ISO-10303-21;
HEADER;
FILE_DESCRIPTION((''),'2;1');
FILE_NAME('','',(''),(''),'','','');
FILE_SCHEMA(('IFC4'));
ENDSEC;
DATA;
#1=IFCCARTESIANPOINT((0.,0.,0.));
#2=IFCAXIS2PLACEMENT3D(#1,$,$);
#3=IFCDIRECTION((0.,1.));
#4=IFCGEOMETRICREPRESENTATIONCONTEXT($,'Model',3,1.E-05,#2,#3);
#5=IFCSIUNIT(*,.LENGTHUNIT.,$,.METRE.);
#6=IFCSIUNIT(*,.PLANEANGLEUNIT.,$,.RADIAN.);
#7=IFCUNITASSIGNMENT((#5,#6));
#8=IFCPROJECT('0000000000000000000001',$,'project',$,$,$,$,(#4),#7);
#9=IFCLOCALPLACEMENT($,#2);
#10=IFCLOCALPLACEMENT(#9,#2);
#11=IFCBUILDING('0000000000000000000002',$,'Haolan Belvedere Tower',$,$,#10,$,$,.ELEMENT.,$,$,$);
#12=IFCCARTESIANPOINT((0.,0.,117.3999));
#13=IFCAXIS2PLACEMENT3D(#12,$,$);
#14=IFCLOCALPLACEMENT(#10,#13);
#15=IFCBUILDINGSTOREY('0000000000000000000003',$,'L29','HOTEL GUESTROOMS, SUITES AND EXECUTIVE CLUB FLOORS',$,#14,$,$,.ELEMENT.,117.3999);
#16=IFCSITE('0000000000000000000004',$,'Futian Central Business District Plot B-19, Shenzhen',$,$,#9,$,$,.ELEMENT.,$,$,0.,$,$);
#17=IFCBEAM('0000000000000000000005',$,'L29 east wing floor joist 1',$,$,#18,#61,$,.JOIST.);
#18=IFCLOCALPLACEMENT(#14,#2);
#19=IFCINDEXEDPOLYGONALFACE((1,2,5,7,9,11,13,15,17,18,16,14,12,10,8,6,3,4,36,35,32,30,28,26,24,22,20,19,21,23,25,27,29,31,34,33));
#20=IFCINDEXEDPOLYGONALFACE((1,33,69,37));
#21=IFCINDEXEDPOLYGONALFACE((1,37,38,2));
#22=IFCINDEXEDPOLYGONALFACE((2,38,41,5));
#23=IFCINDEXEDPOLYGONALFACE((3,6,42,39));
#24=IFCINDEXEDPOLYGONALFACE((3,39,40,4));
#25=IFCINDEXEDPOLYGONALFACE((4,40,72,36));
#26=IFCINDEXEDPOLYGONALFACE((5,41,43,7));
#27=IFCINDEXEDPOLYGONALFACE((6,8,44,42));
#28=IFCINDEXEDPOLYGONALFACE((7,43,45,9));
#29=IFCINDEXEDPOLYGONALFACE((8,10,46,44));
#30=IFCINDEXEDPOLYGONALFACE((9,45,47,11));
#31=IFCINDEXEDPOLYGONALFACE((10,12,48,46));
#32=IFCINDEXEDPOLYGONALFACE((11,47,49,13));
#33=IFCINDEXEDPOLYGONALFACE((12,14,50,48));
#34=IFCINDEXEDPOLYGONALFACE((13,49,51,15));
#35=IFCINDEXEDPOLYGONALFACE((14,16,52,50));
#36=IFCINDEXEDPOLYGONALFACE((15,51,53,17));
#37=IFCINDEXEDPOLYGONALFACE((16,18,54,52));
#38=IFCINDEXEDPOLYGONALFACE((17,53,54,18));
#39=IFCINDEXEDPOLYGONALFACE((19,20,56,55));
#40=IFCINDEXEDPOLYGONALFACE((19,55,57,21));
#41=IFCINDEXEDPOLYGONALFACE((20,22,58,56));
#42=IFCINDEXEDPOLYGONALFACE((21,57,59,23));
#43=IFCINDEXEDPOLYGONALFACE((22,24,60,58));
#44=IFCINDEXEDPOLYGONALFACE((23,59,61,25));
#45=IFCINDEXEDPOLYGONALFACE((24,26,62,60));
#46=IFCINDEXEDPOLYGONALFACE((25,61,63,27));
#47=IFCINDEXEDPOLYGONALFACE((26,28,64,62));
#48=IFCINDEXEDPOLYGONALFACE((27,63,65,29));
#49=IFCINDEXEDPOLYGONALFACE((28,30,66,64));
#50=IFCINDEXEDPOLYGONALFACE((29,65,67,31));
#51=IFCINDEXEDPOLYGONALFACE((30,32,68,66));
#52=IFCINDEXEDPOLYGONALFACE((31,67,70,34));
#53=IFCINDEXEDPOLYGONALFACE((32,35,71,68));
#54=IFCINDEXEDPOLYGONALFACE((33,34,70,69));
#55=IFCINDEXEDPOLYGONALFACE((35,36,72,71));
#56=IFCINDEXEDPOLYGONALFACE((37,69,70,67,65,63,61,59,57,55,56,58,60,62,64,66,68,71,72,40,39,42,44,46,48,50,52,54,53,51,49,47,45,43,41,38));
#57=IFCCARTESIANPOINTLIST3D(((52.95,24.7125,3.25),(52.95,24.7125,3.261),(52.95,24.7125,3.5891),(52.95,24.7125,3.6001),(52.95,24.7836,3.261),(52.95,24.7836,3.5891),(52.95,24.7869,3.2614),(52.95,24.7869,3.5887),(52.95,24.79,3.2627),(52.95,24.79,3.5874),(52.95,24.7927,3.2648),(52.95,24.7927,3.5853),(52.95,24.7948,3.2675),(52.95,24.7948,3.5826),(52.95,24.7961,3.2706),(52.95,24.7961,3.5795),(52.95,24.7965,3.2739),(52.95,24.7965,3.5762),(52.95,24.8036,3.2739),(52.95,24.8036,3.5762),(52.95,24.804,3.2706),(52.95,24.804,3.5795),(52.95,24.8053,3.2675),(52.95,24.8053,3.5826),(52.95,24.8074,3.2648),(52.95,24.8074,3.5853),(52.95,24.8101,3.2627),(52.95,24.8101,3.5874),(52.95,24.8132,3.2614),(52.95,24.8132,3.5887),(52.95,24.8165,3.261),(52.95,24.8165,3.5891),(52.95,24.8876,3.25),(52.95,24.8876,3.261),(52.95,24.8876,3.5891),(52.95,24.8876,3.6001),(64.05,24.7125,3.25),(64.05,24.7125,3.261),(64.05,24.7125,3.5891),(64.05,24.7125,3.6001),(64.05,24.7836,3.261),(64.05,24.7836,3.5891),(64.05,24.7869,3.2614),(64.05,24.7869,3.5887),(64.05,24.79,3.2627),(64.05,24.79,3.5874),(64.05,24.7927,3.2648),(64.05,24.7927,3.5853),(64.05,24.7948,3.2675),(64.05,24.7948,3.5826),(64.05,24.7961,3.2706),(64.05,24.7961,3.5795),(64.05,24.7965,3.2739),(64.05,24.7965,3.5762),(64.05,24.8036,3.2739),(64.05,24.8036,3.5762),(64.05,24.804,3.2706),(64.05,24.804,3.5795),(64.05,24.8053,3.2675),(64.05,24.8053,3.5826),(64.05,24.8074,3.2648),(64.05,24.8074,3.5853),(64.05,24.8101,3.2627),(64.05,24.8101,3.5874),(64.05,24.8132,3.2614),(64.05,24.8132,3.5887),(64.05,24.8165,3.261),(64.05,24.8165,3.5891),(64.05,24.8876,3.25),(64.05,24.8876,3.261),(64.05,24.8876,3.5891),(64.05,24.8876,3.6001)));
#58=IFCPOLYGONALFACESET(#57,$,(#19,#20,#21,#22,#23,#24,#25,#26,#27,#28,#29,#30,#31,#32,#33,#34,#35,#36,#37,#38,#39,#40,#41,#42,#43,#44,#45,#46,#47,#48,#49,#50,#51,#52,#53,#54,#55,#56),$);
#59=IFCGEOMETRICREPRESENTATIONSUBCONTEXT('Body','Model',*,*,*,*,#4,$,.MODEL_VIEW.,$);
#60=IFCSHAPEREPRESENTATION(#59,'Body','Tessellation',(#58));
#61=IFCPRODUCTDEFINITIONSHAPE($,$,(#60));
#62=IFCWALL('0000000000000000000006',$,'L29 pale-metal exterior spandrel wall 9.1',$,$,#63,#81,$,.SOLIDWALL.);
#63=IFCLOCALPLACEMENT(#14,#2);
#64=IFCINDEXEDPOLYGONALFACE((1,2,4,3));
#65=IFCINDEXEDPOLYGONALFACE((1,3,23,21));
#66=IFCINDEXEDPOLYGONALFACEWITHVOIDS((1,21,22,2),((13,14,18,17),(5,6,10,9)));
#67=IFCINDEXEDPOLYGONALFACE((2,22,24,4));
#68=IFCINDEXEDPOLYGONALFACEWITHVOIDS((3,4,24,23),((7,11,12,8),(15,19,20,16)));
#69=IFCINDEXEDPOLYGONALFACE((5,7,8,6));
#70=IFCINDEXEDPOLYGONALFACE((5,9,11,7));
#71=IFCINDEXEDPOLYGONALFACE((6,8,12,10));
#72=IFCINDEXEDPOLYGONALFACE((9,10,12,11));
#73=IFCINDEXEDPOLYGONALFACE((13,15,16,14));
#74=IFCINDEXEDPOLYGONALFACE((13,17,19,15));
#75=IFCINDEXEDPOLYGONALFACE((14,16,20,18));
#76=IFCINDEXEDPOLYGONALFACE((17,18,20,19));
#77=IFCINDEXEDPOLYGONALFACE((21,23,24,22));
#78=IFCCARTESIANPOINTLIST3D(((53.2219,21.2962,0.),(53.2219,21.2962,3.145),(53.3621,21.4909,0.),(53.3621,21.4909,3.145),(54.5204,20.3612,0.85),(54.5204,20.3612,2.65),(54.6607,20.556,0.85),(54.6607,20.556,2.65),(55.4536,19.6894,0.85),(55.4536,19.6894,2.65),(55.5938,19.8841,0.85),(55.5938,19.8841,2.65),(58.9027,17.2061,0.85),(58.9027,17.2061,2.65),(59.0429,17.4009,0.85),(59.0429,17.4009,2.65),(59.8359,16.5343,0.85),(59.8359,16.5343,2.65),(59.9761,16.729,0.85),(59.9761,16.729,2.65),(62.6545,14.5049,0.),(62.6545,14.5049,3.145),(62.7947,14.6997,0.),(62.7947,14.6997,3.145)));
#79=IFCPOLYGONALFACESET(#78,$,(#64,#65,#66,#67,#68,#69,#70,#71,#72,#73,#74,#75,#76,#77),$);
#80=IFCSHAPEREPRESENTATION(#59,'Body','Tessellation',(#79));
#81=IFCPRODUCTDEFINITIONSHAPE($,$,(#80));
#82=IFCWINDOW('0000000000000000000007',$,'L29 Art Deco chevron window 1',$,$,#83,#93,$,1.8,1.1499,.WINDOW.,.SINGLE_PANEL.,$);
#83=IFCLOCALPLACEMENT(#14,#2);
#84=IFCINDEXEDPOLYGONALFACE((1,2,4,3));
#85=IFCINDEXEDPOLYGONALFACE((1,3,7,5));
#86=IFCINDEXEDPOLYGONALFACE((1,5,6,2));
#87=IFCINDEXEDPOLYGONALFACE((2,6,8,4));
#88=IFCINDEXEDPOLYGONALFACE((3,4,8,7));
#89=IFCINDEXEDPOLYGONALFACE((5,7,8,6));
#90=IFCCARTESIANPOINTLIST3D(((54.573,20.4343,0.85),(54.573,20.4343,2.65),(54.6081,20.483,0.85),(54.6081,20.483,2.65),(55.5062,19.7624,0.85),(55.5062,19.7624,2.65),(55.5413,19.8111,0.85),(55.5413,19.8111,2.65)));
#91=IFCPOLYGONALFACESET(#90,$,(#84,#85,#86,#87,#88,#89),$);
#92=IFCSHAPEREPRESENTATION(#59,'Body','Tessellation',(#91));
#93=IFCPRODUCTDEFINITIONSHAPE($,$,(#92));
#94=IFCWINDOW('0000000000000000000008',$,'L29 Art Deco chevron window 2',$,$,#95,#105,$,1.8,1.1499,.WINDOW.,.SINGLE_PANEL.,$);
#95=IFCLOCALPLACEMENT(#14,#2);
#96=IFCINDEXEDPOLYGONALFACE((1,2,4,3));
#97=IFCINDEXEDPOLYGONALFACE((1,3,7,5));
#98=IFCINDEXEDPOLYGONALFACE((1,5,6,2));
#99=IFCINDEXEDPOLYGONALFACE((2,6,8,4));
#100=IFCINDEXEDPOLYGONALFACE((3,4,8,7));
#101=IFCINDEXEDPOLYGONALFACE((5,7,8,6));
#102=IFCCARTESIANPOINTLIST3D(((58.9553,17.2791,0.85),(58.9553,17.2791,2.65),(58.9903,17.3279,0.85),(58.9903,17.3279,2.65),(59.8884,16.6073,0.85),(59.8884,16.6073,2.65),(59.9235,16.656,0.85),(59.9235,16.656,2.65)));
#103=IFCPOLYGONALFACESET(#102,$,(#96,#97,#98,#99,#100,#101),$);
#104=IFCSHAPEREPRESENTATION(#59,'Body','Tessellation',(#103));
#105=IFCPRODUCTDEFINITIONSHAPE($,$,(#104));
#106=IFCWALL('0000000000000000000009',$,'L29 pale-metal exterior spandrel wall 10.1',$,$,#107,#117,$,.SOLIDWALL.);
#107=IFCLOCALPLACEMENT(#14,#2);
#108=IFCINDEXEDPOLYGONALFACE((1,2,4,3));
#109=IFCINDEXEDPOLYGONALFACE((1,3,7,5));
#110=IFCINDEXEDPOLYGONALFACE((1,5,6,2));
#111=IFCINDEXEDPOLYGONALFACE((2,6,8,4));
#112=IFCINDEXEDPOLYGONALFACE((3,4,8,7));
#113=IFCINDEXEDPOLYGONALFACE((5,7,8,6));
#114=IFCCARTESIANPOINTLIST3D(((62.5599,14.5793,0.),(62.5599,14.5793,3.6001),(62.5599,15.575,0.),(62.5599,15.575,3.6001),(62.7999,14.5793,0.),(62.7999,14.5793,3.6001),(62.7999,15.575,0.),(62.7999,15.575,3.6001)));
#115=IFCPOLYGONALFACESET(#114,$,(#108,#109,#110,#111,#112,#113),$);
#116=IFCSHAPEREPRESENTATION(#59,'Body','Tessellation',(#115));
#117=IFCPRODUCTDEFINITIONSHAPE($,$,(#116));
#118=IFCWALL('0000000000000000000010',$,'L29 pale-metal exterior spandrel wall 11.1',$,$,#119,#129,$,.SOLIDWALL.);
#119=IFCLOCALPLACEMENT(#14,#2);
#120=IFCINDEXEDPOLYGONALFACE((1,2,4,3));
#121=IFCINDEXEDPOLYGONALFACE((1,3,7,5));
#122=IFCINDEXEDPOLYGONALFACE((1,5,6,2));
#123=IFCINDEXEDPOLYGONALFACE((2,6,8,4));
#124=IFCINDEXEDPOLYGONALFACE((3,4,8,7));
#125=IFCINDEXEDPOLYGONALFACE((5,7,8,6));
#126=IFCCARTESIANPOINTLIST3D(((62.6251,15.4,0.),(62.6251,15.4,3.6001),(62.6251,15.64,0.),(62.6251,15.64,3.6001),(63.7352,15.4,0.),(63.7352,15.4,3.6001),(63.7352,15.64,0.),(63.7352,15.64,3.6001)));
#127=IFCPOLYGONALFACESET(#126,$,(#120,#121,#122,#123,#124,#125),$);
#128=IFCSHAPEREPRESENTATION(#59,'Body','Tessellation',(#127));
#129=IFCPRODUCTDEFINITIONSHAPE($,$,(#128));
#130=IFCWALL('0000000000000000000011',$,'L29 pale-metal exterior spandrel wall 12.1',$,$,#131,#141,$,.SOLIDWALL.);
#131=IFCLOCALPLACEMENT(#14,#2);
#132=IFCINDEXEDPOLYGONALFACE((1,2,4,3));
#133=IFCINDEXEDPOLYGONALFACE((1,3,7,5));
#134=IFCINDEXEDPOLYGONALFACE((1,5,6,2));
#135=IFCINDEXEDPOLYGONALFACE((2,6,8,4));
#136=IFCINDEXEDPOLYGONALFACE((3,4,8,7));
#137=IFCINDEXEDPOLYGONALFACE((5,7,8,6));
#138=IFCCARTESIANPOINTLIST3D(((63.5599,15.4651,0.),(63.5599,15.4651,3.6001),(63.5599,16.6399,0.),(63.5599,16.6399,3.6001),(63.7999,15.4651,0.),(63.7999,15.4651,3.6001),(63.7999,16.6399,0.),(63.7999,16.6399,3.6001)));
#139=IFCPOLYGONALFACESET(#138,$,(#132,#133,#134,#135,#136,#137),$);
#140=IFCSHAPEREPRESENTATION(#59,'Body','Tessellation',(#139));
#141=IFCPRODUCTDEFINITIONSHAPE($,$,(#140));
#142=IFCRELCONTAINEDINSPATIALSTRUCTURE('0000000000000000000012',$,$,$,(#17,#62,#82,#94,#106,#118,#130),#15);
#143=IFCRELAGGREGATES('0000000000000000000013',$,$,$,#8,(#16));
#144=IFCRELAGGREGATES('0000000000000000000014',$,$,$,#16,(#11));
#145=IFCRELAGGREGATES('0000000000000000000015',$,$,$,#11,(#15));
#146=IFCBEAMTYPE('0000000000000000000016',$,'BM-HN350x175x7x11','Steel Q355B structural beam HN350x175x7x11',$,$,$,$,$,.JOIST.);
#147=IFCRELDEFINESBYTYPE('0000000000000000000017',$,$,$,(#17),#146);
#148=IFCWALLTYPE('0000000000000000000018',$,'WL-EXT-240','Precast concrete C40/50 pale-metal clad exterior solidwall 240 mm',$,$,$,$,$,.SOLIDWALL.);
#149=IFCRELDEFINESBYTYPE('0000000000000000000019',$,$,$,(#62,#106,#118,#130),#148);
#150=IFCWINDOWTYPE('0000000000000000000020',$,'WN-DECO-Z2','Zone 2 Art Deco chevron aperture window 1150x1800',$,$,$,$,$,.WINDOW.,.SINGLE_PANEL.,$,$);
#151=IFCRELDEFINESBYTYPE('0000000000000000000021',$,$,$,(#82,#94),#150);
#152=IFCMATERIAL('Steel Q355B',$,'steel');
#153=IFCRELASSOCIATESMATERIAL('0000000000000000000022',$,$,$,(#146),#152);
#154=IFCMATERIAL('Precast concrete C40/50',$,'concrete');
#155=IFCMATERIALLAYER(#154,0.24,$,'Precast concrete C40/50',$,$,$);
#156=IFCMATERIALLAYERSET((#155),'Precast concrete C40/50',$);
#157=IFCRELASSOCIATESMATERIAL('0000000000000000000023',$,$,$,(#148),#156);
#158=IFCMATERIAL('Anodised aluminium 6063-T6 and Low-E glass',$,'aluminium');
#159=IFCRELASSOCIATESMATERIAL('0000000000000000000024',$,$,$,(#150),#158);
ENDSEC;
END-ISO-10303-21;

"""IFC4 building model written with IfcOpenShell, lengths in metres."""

from ifc_helpers import new_model, si_unit, direction, frame, frame_2d, origin, origin_2d, place, context, subcontext, project, spatial, rectangle, i_section, extrude, material, layer, layer_set, material_profile, profile_set, type_object, element, fill, save


model = new_model("IFC4")

# Units and contexts
model_context = context("Model", 3, precision=1e-05, world=origin(), true_north=direction((0.0, 1.0)))
body_context = subcontext(model_context, "Body", "Model", "MODEL_VIEW")
ifc_project = project(units=[si_unit("LENGTHUNIT", "METRE"), si_unit("PLANEANGLEUNIT", "RADIAN")], contexts=[model_context])

# Site, building, storey
site_placement = place(None, origin())
site = spatial("IfcSite", under=ifc_project, at=site_placement, Name="Futian Central Business District Plot B-19, Shenzhen", CompositionType="ELEMENT", RefElevation=0.0)
building_placement = place(site_placement, origin())
building = spatial("IfcBuilding", under=site, at=building_placement, Name="Haolan Belvedere Tower", CompositionType="ELEMENT")
storey_placement = place(building_placement, frame((0.0, 0.0, 117.3999)))
storey = spatial("IfcBuildingStorey", under=building, at=storey_placement, Name="L29", Description="HOTEL GUESTROOMS, SUITES AND EXECUTIVE CLUB FLOORS", CompositionType="ELEMENT", Elevation=117.3999)

# Beam
ifc_material_1 = material(Name="Steel Q355B", Category="steel")
ifc_material_profile_1 = material_profile(ifc_material_1, i_section(OverallWidth=0.175, OverallDepth=0.3501, WebThickness=0.0071, FlangeThickness=0.011, FilletRadius=0.0129, at=origin_2d()), Name="Steel Q355B")
ifc_profile_set_1 = profile_set([ifc_material_profile_1], Name="Steel Q355B")
beam_type_1 = type_object("IfcBeamType", Name="BM-HN350x175x7x11", Description="Steel Q355B structural beam HN350x175x7x11", PredefinedType="JOIST", material=ifc_profile_set_1)
beam_1_placement = place(storey_placement, frame((52.95, 24.8, 3.425), z_axis=(1.0, 0.0, 0.0), x_axis=(0.0, 1.0, 0.0)))
element("IfcBeam", 1, at=beam_1_placement, inside=storey, type_object=beam_type_1, Name="L29 east wing floor joist 1", PredefinedType="JOIST", context=body_context, shape_type="SweptSolid", body=[
    extrude(i_section(OverallWidth=0.175, OverallDepth=0.3501, WebThickness=0.0071, FlangeThickness=0.011, FilletRadius=0.0129, at=origin_2d()), origin(), (0.0, 0.0, 1.0), 11.1001),
])

# Wall, openings, windows
ifc_material_2 = material(Name="Precast concrete C40/50", Category="concrete")
ifc_layer_1 = layer(ifc_material_2, 0.24, Name="Precast concrete C40/50")
ifc_layer_set_1 = layer_set([ifc_layer_1], Name="Precast concrete C40/50")
wall_type_1 = type_object("IfcWallType", Name="WL-EXT-240", Description="Precast concrete C40/50 pale-metal clad exterior solidwall 240 mm", PredefinedType="SOLIDWALL", material=ifc_layer_set_1)
wall_1_placement = place(storey_placement, frame((53.292, 21.3936, 0.0), z_axis=(0.0, 0.0, 1.0), x_axis=(0.811544, -0.584292, 0.0)))
wall_1 = element("IfcWall", 2, at=wall_1_placement, inside=storey, type_object=wall_type_1, Name="L29 pale-metal exterior spandrel wall 9.1", PredefinedType="SOLIDWALL", context=body_context, shape_type="SweptSolid", body=[
    extrude(rectangle(XDim=11.623, YDim=0.24, at=frame_2d((5.8115, 0.0))), origin(), (0.0, 0.0, 1.0), 3.145),
])
opening_1_placement = place(wall_1_placement, frame((1.6001, 0.0, 0.8501)))
opening_1 = element("IfcOpeningElement", 3, at=opening_1_placement, cuts=wall_1, PredefinedType="OPENING", context=body_context, shape_type="SweptSolid", body=[
    extrude(rectangle(XDim=1.1499, YDim=1.8, at=frame_2d((0.575, 0.8999))), frame((0.0, 0.1299, 0.0), z_axis=(0.0, -1.0, 0.0), x_axis=(1.0, 0.0, 0.0)), (0.0, 0.0, 1.0), 0.26),
])
opening_2_placement = place(wall_1_placement, frame((7.0, 0.0, 0.8501)))
opening_2 = element("IfcOpeningElement", 4, at=opening_2_placement, cuts=wall_1, PredefinedType="OPENING", context=body_context, shape_type="SweptSolid", body=[
    extrude(rectangle(XDim=1.1499, YDim=1.8, at=frame_2d((0.575, 0.8999))), frame((0.0, 0.1299, 0.0), z_axis=(0.0, -1.0, 0.0), x_axis=(1.0, 0.0, 0.0)), (0.0, 0.0, 1.0), 0.26),
])
ifc_material_3 = material(Name="Anodised aluminium 6063-T6 and Low-E glass", Category="aluminium")
window_type = type_object("IfcWindowType", Name="WN-DECO-Z2", Description="Zone 2 Art Deco chevron aperture window 1150x1800", PartitioningType="SINGLE_PANEL", PredefinedType="WINDOW", material=ifc_material_3)
window_1_placement = place(opening_1_placement, origin())
window_1 = element("IfcWindow", 5, at=window_1_placement, inside=storey, type_object=window_type, Name="L29 Art Deco chevron window 1", OverallHeight=1.8, OverallWidth=1.1499, PartitioningType="SINGLE_PANEL", PredefinedType="WINDOW", context=body_context, shape_type="SweptSolid", body=[
    extrude(rectangle(XDim=1.1499, YDim=1.8, at=frame_2d((0.575, 0.8999))), frame((0.0, 0.03, 0.0), z_axis=(0.0, -1.0, 0.0), x_axis=(1.0, 0.0, 0.0)), (0.0, 0.0, 1.0), 0.0601),
])
fill(opening_1, window_1)
window_2_placement = place(opening_2_placement, origin())
window_2 = element("IfcWindow", 6, at=window_2_placement, inside=storey, type_object=window_type, Name="L29 Art Deco chevron window 2", OverallHeight=1.8, OverallWidth=1.1499, PartitioningType="SINGLE_PANEL", PredefinedType="WINDOW", context=body_context, shape_type="SweptSolid", body=[
    extrude(rectangle(XDim=1.1499, YDim=1.8, at=frame_2d((0.575, 0.8999))), frame((0.0, 0.03, 0.0), z_axis=(0.0, -1.0, 0.0), x_axis=(1.0, 0.0, 0.0)), (0.0, 0.0, 1.0), 0.0601),
])
fill(opening_2, window_2)

# Walls
wall_2_placement = place(storey_placement, frame((62.6799, 14.5793, 0.0), z_axis=(0.0, 0.0, 1.0), x_axis=(0.0, 1.0, 0.0)))
element("IfcWall", 7, at=wall_2_placement, inside=storey, type_object=wall_type_1, Name="L29 pale-metal exterior spandrel wall 10.1", PredefinedType="SOLIDWALL", context=body_context, shape_type="SweptSolid", body=[
    extrude(rectangle(XDim=0.9956, YDim=0.24, at=frame_2d((0.4978, 0.0))), origin(), (0.0, 0.0, 1.0), 3.6001),
])
wall_3_placement = place(storey_placement, frame((62.625, 15.52, 0.0), z_axis=(0.0, 0.0, 1.0), x_axis=(1.0, 0.0, 0.0)))
element("IfcWall", 8, at=wall_3_placement, inside=storey, type_object=wall_type_1, Name="L29 pale-metal exterior spandrel wall 11.1", PredefinedType="SOLIDWALL", context=body_context, shape_type="SweptSolid", body=[
    extrude(rectangle(XDim=1.1101, YDim=0.24, at=frame_2d((0.5552, 0.0))), origin(), (0.0, 0.0, 1.0), 3.6001),
])
wall_4_placement = place(storey_placement, frame((63.6799, 15.4651, 0.0), z_axis=(0.0, 0.0, 1.0), x_axis=(0.0, 1.0, 0.0)))
element("IfcWall", 9, at=wall_4_placement, inside=storey, type_object=wall_type_1, Name="L29 pale-metal exterior spandrel wall 12.1", PredefinedType="SOLIDWALL", context=body_context, shape_type="SweptSolid", body=[
    extrude(rectangle(XDim=1.1748, YDim=0.24, at=frame_2d((0.5874, 0.0))), origin(), (0.0, 0.0, 1.0), 3.6001),
])

save(model, "model.ifc")
